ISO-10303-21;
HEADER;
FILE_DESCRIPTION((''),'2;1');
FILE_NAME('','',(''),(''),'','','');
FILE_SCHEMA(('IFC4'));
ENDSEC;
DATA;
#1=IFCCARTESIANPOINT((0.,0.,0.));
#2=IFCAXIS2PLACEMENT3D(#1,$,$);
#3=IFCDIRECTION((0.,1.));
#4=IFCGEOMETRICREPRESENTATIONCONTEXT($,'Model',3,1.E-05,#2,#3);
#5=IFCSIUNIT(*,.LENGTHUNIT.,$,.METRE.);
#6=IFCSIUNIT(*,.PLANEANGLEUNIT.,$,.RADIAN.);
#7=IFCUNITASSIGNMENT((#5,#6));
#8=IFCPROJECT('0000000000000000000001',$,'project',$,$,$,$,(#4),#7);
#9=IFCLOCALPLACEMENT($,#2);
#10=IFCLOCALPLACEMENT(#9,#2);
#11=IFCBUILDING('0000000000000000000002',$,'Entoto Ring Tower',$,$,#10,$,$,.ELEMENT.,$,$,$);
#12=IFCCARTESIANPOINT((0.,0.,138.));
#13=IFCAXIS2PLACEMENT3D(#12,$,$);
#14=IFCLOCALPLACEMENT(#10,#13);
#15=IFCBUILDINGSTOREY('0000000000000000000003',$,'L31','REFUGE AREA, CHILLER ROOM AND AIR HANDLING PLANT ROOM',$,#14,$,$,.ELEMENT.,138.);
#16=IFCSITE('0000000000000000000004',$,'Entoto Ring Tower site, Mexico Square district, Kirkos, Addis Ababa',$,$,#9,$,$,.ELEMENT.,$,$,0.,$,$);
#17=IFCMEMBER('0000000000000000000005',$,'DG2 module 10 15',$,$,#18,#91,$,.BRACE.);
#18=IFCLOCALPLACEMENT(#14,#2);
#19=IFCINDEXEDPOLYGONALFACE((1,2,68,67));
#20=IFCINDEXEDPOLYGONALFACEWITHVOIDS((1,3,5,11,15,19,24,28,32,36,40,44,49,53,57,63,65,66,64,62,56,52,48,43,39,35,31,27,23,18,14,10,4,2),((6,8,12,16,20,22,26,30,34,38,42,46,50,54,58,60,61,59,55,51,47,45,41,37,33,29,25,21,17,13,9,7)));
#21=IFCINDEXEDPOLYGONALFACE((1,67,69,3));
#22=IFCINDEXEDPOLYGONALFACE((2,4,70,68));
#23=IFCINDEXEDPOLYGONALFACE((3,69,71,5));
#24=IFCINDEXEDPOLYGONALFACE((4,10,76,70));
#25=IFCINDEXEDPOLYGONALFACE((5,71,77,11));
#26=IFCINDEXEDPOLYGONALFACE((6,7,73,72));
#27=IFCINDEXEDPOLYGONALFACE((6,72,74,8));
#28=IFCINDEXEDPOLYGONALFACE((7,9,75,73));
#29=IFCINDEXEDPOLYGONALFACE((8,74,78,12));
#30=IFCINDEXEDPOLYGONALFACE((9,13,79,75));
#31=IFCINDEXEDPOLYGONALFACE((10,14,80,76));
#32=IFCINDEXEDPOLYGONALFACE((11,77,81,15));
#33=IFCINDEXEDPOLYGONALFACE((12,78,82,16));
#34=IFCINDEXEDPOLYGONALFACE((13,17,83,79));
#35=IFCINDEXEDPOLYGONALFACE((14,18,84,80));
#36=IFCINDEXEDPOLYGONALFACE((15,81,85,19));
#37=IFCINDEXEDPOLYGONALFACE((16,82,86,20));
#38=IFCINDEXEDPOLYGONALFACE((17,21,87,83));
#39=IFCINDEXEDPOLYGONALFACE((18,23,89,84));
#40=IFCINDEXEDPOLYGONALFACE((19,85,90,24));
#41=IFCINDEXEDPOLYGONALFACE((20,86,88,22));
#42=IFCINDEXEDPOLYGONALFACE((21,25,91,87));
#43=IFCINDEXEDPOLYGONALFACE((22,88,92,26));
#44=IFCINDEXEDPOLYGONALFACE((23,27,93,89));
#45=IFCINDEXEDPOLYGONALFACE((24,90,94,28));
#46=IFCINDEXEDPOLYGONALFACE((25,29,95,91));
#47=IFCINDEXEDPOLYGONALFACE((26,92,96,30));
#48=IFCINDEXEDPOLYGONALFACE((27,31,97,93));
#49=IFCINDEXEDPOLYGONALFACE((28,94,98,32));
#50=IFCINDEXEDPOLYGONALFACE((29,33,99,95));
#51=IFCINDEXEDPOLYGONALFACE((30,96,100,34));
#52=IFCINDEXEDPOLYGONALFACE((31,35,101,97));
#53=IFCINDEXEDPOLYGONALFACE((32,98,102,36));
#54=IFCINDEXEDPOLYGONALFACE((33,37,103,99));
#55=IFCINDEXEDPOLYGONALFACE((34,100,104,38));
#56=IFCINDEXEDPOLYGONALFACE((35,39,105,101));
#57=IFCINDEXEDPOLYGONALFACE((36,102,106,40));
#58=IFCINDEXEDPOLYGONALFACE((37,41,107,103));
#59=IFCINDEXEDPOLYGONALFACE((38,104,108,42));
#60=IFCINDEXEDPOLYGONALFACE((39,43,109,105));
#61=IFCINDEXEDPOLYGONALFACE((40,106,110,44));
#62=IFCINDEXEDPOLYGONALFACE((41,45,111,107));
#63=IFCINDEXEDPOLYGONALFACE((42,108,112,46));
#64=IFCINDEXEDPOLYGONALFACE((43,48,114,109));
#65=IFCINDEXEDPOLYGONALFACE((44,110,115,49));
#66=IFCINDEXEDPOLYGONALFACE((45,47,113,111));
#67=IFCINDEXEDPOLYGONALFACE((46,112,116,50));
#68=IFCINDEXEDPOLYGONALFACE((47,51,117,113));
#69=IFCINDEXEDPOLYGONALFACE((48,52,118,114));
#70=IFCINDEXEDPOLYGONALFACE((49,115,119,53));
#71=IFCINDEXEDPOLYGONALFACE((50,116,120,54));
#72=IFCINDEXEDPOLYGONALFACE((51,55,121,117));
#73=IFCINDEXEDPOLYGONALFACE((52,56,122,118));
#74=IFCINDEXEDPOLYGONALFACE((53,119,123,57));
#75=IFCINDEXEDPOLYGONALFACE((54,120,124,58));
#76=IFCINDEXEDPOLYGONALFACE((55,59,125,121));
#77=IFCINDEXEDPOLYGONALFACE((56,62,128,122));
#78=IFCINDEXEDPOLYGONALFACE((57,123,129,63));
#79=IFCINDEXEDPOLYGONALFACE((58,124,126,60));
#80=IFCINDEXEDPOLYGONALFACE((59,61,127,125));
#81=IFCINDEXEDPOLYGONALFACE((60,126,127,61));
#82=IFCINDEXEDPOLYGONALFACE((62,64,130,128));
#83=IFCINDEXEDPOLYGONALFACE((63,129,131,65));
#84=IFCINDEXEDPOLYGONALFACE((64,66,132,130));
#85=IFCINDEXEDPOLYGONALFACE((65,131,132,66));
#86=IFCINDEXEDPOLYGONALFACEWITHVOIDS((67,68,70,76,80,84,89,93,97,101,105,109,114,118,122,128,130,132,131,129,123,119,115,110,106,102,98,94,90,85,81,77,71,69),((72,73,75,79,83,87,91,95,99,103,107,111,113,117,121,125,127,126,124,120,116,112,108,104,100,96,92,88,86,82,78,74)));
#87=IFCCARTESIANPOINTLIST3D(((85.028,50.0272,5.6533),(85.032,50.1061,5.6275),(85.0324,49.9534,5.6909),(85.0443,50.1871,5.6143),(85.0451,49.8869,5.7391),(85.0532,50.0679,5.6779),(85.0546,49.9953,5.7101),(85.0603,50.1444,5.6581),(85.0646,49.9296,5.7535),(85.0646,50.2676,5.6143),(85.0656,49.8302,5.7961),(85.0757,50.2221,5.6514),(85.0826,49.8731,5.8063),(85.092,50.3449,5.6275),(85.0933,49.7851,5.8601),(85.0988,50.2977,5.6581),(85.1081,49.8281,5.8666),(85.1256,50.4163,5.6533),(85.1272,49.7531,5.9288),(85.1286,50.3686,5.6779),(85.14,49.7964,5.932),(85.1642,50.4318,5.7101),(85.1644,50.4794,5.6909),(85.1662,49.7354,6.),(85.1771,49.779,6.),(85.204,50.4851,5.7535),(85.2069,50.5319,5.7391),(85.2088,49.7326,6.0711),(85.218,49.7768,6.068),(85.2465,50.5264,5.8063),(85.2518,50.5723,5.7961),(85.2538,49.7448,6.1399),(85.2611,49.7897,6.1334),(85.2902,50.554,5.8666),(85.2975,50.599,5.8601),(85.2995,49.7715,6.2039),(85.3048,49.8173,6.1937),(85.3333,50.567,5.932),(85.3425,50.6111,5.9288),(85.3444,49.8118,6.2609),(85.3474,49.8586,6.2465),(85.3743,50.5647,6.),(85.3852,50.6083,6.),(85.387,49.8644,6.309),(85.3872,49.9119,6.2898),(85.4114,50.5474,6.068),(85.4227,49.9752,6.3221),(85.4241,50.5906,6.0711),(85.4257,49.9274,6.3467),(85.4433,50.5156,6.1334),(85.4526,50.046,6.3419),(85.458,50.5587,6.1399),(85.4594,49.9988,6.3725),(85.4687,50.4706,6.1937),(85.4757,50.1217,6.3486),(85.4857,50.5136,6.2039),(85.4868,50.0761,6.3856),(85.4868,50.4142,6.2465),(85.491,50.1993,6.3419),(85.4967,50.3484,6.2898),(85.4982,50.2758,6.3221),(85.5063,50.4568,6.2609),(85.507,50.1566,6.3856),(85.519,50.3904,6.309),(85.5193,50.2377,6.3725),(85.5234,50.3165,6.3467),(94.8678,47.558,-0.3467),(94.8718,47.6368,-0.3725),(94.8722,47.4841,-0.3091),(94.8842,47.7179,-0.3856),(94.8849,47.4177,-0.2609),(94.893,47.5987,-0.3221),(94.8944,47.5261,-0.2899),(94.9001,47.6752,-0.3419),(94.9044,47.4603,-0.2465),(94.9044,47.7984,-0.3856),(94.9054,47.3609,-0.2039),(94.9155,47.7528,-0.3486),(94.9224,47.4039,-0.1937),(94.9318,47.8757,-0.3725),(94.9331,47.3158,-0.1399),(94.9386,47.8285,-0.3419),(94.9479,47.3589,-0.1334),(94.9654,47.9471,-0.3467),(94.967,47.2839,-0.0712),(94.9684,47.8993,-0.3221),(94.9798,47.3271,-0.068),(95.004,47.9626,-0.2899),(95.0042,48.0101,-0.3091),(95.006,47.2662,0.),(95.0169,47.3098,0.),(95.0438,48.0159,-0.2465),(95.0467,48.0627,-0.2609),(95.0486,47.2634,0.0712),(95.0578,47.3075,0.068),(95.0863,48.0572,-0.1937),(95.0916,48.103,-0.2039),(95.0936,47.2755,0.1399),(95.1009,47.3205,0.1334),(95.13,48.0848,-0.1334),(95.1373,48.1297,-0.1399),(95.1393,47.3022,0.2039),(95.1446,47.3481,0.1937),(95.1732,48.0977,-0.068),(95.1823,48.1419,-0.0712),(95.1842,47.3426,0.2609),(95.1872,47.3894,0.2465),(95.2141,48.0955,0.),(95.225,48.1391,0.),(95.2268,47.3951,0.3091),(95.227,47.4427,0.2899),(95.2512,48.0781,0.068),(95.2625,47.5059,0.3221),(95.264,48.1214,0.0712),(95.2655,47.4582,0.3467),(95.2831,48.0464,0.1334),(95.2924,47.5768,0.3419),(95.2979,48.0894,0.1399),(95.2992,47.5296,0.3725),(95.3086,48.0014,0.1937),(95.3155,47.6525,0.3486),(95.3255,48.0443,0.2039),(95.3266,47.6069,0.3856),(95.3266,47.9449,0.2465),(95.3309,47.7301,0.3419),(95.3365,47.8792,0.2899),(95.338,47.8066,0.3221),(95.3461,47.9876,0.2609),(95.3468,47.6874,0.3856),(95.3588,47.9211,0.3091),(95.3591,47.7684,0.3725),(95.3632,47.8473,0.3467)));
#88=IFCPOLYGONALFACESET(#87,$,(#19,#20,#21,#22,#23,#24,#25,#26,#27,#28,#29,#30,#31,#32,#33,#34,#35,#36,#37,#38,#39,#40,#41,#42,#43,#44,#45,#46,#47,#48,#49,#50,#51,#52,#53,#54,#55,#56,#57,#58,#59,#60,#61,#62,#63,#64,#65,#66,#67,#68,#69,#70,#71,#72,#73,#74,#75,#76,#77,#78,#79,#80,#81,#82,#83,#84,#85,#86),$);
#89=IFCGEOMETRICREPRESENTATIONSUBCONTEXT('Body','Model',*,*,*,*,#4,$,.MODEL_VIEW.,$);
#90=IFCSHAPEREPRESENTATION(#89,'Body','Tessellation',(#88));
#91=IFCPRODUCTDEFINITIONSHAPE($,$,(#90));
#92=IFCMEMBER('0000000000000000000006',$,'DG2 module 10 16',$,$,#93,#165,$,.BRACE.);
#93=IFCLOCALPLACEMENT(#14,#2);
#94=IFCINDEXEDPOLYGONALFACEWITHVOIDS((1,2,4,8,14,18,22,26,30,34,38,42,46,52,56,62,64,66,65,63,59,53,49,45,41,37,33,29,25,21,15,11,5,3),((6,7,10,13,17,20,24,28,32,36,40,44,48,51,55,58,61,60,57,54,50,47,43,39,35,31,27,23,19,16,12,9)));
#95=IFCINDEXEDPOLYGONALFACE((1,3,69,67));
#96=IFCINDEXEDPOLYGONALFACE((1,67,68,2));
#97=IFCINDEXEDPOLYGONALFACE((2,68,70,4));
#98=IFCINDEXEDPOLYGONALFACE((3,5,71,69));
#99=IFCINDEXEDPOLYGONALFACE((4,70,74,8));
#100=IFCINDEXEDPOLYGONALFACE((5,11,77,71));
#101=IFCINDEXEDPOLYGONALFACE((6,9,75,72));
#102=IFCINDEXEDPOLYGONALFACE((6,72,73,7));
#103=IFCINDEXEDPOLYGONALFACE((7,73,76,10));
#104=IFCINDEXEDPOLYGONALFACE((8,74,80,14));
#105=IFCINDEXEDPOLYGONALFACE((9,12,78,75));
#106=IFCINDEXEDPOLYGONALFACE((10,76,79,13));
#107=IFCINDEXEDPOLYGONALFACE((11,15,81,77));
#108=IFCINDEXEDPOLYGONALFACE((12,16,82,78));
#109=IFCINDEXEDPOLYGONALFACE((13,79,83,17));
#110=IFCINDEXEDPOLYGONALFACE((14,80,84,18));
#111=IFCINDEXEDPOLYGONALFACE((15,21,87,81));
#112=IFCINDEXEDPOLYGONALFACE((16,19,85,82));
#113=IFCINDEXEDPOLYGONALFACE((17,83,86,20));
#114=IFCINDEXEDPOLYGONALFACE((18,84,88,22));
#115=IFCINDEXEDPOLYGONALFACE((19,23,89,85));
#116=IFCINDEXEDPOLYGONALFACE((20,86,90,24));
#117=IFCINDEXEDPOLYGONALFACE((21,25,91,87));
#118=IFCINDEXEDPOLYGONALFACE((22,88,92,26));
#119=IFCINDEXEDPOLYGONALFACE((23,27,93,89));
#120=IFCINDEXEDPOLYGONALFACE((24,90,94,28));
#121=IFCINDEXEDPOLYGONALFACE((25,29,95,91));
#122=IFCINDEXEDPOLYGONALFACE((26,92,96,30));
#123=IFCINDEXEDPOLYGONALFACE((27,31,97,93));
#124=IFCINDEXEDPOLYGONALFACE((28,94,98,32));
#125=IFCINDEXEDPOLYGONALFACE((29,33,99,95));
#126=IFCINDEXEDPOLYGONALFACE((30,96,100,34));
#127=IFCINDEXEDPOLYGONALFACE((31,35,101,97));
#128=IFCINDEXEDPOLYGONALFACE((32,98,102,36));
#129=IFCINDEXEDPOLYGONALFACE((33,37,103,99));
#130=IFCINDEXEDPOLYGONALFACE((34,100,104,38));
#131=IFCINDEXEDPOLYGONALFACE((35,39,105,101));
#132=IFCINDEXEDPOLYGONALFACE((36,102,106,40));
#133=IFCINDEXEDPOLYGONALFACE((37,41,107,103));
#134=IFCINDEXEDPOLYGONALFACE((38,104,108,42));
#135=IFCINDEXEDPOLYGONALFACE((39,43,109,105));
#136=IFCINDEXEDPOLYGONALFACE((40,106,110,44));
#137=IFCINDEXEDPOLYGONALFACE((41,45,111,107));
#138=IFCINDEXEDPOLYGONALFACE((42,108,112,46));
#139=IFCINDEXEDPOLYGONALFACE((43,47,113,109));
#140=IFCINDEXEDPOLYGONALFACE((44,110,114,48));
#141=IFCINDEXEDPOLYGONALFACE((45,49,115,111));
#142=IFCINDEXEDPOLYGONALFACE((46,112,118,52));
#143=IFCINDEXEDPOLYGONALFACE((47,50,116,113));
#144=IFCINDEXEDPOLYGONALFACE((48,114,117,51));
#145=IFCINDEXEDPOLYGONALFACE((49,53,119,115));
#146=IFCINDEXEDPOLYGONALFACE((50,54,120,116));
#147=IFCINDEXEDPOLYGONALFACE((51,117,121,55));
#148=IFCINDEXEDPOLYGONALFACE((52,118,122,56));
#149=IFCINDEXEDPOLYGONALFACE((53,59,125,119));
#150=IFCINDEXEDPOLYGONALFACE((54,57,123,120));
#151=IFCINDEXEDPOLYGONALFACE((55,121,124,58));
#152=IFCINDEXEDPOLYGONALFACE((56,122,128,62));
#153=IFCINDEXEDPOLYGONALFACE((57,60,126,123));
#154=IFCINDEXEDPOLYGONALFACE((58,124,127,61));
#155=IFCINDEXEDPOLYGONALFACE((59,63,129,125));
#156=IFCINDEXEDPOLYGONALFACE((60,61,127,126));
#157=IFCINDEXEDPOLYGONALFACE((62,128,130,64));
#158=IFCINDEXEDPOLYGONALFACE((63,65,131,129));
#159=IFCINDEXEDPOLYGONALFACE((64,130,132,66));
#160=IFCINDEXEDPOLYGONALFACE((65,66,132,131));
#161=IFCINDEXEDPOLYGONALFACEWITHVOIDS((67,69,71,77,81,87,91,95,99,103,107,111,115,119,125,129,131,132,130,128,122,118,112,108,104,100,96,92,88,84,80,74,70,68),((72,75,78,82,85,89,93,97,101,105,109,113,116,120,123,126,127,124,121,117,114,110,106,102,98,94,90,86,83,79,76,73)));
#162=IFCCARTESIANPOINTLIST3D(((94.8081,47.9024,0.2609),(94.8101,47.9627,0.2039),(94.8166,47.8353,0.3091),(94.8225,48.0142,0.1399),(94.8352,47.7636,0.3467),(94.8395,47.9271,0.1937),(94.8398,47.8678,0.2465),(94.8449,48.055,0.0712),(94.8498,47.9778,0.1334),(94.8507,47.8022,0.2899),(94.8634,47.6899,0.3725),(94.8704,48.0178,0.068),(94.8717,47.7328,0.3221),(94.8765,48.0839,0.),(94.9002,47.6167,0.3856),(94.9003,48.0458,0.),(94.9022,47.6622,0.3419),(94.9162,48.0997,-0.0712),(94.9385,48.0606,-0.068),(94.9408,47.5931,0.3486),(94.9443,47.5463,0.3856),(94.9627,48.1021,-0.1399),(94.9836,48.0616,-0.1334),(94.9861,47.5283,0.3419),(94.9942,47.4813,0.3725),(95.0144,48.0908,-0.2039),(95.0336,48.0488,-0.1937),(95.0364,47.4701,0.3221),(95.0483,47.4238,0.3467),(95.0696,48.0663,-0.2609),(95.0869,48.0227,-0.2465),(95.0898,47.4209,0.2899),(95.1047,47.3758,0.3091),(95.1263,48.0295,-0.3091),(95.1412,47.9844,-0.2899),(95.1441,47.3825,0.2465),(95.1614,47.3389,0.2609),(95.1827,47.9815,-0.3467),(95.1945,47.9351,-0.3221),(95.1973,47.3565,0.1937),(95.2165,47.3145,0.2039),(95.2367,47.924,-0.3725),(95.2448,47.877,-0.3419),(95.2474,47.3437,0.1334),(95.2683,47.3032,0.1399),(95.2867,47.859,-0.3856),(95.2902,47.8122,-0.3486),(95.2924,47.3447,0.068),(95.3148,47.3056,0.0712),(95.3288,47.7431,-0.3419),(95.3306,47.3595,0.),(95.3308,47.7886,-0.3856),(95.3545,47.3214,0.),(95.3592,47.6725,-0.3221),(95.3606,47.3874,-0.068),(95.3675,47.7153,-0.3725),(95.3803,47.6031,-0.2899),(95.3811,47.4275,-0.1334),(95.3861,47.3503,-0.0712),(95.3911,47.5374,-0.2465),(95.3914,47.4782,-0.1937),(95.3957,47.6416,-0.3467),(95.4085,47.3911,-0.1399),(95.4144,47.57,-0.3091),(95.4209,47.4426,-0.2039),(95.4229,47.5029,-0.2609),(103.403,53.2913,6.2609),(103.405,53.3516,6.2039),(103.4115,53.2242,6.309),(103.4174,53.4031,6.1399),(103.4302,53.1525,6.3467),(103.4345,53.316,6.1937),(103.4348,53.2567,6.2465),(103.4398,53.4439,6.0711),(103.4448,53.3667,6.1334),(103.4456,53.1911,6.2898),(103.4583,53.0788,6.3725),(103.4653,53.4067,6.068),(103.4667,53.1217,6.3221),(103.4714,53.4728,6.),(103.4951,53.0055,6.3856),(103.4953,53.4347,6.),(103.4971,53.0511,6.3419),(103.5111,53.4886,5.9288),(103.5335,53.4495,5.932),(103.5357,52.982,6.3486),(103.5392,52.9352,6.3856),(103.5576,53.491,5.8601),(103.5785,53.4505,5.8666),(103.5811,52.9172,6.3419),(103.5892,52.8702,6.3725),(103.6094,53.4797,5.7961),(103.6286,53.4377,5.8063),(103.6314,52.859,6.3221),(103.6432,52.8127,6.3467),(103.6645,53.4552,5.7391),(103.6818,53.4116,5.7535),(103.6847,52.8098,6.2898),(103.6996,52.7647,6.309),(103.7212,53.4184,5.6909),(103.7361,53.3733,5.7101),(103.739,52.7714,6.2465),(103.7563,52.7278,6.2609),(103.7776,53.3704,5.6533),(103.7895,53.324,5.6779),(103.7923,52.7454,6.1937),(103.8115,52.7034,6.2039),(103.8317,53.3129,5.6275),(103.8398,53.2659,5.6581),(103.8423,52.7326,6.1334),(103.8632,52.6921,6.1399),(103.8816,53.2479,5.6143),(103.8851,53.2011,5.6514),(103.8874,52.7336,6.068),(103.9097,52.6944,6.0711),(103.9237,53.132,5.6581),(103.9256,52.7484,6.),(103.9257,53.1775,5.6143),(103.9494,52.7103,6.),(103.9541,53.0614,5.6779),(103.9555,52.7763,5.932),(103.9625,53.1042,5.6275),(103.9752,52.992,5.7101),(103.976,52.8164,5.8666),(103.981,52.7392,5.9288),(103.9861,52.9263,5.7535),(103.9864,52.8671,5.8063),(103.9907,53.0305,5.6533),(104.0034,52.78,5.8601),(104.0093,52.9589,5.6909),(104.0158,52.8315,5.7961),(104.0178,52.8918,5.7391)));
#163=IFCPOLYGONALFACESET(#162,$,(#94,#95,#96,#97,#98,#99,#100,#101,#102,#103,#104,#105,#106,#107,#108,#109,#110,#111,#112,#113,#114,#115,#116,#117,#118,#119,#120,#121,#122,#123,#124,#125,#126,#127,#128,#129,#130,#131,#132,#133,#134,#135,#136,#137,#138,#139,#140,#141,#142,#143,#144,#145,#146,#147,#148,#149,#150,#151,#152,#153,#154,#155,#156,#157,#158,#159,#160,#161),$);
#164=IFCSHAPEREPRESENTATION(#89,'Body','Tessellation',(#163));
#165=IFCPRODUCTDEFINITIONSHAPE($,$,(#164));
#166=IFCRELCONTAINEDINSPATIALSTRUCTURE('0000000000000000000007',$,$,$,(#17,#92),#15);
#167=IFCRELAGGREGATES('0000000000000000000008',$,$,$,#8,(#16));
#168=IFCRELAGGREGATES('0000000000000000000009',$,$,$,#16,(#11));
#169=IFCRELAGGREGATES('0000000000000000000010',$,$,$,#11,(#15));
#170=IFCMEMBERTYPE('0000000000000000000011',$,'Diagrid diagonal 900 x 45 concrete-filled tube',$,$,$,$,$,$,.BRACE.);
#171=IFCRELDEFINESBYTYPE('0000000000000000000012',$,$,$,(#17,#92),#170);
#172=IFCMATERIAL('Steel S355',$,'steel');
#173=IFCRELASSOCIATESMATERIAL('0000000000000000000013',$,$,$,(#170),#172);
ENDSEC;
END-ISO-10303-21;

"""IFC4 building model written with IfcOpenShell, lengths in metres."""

from ifc_helpers import new_model, si_unit, direction, frame, origin, origin_2d, place, context, subcontext, project, spatial, circle, hollow_circle, extrude, material, material_profile, profile_set, type_object, element, save


model = new_model("IFC4")

# Units and contexts
model_context = context("Model", 3, precision=1e-05, world=origin(), true_north=direction((0.0, 1.0)))
body_context = subcontext(model_context, "Body", "Model", "MODEL_VIEW")
ifc_project = project(units=[si_unit("LENGTHUNIT", "METRE"), si_unit("PLANEANGLEUNIT", "RADIAN")], contexts=[model_context])

# Site, building, storey
site_placement = place(None, origin())
site = spatial("IfcSite", under=ifc_project, at=site_placement, Name="Entoto Ring Tower site, Mexico Square district, Kirkos, Addis Ababa", CompositionType="ELEMENT", RefElevation=0.0)
building_placement = place(site_placement, origin())
building = spatial("IfcBuilding", under=site, at=building_placement, Name="Entoto Ring Tower", CompositionType="ELEMENT")
storey_placement = place(building_placement, frame((0.0, 0.0, 138.0)))
storey = spatial("IfcBuildingStorey", under=building, at=storey_placement, Name="L31", Description="REFUGE AREA, CHILLER ROOM AND AIR HANDLING PLANT ROOM", CompositionType="ELEMENT", Elevation=138.0)

# Members
ifc_material_1 = material(Name="Steel S355", Category="steel")
ifc_material_profile_1 = material_profile(ifc_material_1, hollow_circle(Radius=0.45, WallThickness=0.0449, at=origin_2d()), Name="CHS 900 x 45")
ifc_material_2 = material(Name="Concrete C60/75", Category="concrete")
ifc_material_profile_2 = material_profile(ifc_material_2, circle(Radius=0.405, at=origin_2d()), Name="Concrete C60/75 infill")
ifc_profile_set_1 = profile_set([ifc_material_profile_1, ifc_material_profile_2], Name="Steel S355")
member_type_1 = type_object("IfcMemberType", Name="Diagrid diagonal 900 x 45 concrete-filled tube", PredefinedType="BRACE", material=ifc_profile_set_1)
member_1_placement = place(storey_placement, frame((95.1155, 47.7026, 0.0), z_axis=(-0.834846, 0.209499, 0.50906), x_axis=(-0.243396, -0.969927, 0.0)))
element("IfcMember", 1, at=member_1_placement, inside=storey, type_object=member_type_1, Name="DG2 module 10 15", PredefinedType="BRACE", context=body_context, shape_type="SweptSolid", body=[
    extrude(hollow_circle(Radius=0.45, WallThickness=0.0449, at=origin_2d()), origin(), (0.0, 0.0, 1.0), 11.7864),
])
member_2_placement = place(storey_placement, frame((95.1155, 47.7026, 0.0), z_axis=(0.729242, 0.457223, 0.509071), x_axis=(-0.531208, 0.847242, 0.0)))
element("IfcMember", 2, at=member_2_placement, inside=storey, type_object=member_type_1, Name="DG2 module 10 16", PredefinedType="BRACE", context=body_context, shape_type="SweptSolid", body=[
    extrude(hollow_circle(Radius=0.45, WallThickness=0.0449, at=origin_2d()), origin(), (0.0, 0.0, 1.0), 11.7861),
])

save(model, "model.ifc")
